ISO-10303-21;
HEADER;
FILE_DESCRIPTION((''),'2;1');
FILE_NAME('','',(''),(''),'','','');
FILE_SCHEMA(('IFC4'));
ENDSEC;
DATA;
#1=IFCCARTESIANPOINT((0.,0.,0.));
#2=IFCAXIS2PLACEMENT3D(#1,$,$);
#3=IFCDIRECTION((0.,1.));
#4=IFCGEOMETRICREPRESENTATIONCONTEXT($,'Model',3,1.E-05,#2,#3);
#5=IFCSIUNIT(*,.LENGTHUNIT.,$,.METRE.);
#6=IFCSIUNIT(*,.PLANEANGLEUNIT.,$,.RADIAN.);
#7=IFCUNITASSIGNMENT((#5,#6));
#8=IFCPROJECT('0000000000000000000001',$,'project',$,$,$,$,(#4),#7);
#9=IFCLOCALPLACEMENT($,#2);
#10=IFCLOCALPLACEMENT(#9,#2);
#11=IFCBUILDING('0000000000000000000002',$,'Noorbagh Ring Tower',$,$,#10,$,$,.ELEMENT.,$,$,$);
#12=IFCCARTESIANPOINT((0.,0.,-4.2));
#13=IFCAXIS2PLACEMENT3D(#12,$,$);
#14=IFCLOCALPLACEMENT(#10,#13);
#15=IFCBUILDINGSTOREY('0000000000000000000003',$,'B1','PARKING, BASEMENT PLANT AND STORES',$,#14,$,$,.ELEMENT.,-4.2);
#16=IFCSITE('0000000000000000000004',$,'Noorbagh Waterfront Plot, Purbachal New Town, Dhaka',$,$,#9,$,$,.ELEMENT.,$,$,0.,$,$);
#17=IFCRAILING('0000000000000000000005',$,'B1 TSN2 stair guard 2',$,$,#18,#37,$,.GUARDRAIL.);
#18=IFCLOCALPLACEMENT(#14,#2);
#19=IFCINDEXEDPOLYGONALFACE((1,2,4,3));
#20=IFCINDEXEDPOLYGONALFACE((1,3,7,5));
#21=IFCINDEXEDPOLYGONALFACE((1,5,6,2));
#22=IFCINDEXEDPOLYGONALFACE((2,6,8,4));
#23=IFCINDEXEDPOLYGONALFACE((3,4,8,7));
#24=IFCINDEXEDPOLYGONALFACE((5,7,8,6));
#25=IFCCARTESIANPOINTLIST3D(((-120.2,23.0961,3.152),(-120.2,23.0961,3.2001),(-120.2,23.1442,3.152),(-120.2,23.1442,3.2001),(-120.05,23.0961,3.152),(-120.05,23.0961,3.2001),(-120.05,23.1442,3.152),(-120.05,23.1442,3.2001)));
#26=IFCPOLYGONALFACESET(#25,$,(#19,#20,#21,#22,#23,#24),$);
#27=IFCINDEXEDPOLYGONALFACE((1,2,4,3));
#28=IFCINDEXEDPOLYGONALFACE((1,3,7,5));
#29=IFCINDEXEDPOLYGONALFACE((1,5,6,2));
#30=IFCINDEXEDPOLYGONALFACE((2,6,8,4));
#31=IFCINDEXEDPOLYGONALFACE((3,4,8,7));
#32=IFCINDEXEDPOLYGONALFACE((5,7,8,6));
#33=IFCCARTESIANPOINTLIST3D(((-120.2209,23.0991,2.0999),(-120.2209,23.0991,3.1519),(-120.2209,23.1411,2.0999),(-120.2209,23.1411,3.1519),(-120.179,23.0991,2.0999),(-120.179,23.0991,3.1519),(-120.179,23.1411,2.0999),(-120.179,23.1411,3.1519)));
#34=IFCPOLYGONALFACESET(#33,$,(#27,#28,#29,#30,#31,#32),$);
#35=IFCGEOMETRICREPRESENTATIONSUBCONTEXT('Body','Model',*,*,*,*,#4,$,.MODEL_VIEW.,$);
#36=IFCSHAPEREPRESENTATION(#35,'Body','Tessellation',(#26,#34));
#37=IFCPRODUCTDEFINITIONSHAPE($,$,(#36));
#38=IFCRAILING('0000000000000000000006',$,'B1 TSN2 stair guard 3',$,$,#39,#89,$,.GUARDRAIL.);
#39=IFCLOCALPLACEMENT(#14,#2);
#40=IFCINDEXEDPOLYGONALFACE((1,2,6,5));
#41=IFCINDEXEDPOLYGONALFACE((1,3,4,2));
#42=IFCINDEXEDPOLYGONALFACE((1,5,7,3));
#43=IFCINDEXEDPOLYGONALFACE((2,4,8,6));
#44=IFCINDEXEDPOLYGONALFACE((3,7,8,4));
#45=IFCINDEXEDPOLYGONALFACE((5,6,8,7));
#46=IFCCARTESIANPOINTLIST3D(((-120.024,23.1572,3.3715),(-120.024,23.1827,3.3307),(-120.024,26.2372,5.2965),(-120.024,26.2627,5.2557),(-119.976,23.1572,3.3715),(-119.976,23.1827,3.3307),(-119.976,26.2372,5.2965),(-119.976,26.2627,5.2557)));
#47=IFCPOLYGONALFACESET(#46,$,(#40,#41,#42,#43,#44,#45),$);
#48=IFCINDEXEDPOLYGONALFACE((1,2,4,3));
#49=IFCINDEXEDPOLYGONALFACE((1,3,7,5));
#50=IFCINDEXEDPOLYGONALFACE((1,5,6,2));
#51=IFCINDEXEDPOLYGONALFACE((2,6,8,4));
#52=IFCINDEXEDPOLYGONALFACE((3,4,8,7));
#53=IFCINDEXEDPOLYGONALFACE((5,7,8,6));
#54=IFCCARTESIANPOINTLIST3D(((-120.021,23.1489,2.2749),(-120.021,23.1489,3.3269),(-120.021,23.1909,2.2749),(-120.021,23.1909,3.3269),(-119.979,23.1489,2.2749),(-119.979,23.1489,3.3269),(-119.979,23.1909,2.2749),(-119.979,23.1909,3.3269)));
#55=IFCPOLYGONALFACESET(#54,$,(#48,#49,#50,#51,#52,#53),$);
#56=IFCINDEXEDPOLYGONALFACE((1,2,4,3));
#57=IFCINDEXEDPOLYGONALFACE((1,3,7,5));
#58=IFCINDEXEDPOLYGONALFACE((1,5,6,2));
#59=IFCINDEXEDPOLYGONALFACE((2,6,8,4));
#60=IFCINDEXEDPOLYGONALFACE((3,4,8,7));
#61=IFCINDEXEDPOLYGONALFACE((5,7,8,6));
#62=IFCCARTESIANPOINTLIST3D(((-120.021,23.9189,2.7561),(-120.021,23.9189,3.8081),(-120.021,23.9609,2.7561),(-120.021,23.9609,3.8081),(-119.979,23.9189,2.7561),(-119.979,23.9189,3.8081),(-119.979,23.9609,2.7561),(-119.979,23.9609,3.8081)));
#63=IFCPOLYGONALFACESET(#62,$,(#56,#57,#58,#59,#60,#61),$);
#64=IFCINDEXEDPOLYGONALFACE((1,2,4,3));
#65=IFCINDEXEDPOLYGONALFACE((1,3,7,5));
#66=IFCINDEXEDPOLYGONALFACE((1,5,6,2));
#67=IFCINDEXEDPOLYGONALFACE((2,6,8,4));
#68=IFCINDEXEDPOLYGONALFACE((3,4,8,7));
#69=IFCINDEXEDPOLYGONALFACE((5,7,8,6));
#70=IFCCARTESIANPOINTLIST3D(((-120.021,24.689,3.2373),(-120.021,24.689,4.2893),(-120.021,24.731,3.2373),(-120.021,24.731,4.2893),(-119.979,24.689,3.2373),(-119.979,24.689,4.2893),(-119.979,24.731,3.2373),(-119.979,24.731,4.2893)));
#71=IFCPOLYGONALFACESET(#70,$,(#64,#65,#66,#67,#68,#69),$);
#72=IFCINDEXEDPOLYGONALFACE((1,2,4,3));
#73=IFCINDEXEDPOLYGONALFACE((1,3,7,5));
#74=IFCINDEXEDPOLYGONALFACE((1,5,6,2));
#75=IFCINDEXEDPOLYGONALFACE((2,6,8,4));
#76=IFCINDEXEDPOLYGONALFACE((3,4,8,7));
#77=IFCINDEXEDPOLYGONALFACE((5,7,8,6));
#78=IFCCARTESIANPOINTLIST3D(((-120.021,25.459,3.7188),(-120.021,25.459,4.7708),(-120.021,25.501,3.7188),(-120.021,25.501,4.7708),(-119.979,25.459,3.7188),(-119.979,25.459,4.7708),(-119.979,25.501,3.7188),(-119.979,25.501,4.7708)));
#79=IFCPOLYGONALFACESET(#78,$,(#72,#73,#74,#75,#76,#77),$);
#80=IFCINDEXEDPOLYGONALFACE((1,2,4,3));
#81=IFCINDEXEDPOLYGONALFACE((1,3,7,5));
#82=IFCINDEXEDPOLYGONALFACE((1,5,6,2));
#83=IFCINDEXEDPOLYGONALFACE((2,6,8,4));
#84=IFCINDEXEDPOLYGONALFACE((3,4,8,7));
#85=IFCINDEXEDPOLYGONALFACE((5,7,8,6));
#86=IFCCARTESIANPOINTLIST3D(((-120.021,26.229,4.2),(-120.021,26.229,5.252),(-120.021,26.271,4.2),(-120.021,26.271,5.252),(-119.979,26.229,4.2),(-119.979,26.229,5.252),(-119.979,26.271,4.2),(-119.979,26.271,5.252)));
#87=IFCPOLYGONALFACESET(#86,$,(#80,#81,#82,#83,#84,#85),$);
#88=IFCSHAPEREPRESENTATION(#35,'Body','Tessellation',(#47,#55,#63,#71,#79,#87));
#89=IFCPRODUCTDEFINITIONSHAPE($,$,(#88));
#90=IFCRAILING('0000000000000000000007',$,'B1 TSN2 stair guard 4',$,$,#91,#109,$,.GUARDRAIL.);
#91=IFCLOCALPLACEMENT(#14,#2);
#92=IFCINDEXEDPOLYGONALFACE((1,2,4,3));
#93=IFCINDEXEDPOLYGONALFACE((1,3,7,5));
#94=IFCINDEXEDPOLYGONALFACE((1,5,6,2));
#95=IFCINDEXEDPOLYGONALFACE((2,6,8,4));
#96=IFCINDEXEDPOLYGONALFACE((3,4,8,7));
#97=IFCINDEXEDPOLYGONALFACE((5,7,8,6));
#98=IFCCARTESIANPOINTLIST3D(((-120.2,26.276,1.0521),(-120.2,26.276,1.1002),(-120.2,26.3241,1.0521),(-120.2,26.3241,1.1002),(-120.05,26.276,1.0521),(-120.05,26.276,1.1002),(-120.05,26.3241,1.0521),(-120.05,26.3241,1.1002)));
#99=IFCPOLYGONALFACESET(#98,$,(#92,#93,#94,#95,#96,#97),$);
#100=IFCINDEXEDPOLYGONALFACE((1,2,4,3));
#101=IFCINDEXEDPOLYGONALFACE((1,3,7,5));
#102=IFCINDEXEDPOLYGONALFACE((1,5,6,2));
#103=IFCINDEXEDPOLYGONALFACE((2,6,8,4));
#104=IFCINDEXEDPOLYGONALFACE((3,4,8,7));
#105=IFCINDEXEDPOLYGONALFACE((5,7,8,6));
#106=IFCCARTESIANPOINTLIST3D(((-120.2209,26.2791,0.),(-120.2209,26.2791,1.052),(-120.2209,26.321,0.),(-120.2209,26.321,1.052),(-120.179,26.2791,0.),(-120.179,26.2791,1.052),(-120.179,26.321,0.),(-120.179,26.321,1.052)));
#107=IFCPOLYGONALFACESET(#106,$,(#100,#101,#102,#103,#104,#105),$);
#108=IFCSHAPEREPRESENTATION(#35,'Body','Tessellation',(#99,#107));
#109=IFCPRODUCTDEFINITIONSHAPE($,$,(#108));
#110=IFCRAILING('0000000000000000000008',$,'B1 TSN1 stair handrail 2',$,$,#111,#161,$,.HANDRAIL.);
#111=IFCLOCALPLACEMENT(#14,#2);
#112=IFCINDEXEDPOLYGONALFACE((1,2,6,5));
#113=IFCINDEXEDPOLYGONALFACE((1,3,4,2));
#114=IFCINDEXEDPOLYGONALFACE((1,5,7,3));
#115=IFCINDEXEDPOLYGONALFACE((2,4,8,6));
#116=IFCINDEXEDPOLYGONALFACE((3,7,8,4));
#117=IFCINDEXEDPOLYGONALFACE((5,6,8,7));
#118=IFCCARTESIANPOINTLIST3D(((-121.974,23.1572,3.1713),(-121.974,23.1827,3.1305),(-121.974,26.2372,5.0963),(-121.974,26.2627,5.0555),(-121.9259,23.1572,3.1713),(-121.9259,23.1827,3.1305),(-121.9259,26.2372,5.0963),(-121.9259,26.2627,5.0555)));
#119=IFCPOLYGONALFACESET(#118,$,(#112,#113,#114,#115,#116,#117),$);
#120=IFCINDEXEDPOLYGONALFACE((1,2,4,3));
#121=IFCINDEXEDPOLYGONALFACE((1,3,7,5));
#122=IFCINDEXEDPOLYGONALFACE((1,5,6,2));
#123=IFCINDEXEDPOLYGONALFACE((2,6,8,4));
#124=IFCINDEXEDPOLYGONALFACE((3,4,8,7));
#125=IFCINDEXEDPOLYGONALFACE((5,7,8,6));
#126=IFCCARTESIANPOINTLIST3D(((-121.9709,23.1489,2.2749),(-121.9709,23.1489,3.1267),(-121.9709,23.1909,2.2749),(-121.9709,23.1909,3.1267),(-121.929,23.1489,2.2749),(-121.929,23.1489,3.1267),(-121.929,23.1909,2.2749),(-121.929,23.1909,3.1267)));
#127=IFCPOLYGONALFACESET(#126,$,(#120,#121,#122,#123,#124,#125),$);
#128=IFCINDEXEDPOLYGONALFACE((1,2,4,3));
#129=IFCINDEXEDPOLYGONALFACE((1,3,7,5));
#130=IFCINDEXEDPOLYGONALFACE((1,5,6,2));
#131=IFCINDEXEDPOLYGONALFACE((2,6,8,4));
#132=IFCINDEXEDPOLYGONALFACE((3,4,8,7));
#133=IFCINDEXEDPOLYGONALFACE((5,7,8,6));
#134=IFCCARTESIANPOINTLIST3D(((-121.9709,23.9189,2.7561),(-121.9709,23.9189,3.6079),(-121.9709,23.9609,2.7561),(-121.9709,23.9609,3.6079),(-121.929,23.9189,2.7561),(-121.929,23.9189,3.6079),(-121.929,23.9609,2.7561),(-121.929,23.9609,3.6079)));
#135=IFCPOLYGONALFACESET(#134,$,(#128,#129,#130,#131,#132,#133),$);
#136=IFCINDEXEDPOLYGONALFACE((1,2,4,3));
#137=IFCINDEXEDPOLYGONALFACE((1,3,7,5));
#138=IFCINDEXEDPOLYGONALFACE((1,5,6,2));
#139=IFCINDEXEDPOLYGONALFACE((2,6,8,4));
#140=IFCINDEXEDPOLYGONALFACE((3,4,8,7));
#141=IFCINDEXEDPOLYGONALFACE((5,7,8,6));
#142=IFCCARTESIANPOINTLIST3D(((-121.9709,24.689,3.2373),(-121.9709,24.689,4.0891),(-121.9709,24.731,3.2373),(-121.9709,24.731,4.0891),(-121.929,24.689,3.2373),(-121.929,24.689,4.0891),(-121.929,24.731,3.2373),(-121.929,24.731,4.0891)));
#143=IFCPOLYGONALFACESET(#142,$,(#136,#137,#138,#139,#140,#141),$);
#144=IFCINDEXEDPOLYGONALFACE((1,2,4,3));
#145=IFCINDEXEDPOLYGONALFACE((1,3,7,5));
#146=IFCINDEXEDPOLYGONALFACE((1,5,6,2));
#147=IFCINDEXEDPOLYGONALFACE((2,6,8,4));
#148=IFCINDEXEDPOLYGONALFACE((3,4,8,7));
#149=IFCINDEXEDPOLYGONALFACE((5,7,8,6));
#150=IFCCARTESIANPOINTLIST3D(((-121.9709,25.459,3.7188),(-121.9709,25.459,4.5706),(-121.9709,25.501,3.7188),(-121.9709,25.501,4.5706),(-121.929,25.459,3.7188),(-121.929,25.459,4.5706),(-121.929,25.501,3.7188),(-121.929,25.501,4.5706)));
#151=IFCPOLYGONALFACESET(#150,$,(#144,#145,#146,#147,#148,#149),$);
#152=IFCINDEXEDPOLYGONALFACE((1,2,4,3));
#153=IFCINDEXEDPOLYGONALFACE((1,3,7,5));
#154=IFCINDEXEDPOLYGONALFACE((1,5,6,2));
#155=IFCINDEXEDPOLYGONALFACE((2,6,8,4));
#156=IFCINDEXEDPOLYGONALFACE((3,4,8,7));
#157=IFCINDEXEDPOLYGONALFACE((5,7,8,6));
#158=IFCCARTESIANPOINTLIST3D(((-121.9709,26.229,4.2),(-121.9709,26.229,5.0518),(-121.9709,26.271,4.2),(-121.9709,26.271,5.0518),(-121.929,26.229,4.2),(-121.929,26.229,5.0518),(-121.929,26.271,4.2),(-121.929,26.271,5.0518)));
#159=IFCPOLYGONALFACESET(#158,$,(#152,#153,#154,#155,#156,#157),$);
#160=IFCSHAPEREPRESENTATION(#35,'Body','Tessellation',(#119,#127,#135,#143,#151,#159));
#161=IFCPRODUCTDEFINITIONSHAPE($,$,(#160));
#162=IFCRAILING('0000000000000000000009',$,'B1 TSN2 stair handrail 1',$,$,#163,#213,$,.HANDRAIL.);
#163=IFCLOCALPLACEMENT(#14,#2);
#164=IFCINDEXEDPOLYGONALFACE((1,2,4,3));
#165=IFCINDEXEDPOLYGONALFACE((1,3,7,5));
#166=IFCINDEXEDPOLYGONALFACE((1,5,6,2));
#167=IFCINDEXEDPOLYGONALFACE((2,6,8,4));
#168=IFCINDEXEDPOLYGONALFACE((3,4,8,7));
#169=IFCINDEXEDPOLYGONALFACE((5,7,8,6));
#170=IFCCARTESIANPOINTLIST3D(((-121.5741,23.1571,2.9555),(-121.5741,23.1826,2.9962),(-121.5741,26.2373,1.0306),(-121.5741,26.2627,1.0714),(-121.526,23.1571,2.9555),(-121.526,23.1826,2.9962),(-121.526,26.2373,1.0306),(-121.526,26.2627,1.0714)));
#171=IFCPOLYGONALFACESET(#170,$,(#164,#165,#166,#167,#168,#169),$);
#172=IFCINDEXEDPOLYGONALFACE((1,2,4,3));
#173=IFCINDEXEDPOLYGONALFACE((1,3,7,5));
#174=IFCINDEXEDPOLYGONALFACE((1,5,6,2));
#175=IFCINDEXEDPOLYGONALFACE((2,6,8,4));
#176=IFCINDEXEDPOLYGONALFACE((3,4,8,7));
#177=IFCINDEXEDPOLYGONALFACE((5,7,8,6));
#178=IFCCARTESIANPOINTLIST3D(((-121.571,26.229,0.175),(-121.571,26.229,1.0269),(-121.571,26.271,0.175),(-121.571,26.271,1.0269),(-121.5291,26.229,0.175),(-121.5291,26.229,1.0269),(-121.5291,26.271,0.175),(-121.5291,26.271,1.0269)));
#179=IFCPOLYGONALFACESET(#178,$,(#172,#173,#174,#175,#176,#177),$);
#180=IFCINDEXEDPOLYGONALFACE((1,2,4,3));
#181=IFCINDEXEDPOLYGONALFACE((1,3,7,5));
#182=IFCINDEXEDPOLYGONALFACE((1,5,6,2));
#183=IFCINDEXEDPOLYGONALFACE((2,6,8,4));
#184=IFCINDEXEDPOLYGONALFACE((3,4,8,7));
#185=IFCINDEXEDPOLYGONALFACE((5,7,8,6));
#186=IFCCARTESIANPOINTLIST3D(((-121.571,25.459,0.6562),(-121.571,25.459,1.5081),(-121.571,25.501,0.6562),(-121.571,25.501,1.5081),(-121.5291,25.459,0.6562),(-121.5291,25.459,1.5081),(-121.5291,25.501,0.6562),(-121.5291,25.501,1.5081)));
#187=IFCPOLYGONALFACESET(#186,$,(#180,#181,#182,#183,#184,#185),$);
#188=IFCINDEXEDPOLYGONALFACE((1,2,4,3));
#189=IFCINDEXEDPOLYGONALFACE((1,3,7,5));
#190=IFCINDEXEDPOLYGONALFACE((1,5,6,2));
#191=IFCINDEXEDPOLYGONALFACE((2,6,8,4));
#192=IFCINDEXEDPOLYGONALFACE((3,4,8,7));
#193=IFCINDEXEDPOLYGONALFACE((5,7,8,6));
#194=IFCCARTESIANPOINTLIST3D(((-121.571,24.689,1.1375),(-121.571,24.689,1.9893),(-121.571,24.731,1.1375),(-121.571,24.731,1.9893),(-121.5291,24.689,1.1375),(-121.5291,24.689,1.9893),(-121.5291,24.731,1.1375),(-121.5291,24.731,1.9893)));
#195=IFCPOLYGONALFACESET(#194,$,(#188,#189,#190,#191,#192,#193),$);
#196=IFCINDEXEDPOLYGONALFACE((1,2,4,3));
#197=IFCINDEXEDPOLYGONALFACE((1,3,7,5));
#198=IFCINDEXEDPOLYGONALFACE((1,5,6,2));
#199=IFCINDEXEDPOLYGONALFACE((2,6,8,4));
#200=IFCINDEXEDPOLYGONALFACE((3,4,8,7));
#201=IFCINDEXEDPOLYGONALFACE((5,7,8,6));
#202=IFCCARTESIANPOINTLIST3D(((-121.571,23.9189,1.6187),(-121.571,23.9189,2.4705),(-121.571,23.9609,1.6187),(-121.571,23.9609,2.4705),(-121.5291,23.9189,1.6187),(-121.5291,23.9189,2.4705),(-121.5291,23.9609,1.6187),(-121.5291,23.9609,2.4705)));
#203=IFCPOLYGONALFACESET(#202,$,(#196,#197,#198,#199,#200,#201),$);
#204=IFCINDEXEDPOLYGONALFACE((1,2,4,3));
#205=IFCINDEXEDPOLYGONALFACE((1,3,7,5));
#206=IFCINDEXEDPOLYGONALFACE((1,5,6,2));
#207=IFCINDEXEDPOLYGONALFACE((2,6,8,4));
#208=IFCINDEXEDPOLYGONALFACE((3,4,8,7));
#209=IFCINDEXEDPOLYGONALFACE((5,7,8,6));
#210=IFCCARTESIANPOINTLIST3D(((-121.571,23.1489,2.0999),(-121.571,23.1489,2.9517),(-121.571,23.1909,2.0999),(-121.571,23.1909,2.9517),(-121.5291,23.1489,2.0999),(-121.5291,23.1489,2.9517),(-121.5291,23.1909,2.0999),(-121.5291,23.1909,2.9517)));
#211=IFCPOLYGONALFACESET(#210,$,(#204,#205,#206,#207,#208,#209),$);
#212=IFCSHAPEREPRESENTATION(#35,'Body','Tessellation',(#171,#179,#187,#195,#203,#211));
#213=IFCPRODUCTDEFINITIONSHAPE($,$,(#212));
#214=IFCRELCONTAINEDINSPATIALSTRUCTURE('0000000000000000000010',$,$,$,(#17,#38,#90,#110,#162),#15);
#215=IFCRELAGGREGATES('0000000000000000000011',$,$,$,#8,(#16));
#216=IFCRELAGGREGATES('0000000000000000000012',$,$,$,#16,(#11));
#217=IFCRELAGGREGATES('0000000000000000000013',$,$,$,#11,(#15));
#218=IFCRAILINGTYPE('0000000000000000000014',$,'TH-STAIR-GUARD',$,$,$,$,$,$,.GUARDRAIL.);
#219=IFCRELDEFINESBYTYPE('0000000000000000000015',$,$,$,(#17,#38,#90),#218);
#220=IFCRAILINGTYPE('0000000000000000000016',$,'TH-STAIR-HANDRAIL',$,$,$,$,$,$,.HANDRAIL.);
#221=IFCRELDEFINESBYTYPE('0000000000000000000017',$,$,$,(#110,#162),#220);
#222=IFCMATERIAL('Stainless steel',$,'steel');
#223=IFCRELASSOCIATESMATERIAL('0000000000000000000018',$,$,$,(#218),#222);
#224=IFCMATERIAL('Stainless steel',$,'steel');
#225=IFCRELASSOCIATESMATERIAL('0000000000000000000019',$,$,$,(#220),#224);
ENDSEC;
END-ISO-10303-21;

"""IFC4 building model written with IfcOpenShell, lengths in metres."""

from ifc_helpers import new_model, si_unit, direction, frame, origin, origin_2d, place, context, subcontext, project, spatial, rectangle, extrude, material, type_object, element, save


model = new_model("IFC4")

# Units and contexts
model_context = context("Model", 3, precision=1e-05, world=origin(), true_north=direction((0.0, 1.0)))
body_context = subcontext(model_context, "Body", "Model", "MODEL_VIEW")
ifc_project = project(units=[si_unit("LENGTHUNIT", "METRE"), si_unit("PLANEANGLEUNIT", "RADIAN")], contexts=[model_context])

# Site, building, storey
site_placement = place(None, origin())
site = spatial("IfcSite", under=ifc_project, at=site_placement, Name="Noorbagh Waterfront Plot, Purbachal New Town, Dhaka", CompositionType="ELEMENT", RefElevation=0.0)
building_placement = place(site_placement, origin())
building = spatial("IfcBuilding", under=site, at=building_placement, Name="Noorbagh Ring Tower", CompositionType="ELEMENT")
storey_placement = place(building_placement, frame((0.0, 0.0, -4.2)))
storey = spatial("IfcBuildingStorey", under=building, at=storey_placement, Name="B1", Description="PARKING, BASEMENT PLANT AND STORES", CompositionType="ELEMENT", Elevation=-4.2)

# Railings
ifc_material_1 = material(Name="Stainless steel", Category="steel")
railing_type_1 = type_object("IfcRailingType", Name="TH-STAIR-GUARD", PredefinedType="GUARDRAIL", material=ifc_material_1)
railing_1_placement = place(storey_placement, frame((-120.2, 23.1201, 2.0999)))
element("IfcRailing", 1, at=railing_1_placement, inside=storey, type_object=railing_type_1, Name="B1 TSN2 stair guard 2", PredefinedType="GUARDRAIL", context=body_context, shape_type="SweptSolid", body=[
    extrude(rectangle(XDim=0.0481, YDim=0.0481, at=origin_2d()), frame((0.0, 0.0, 1.0762), z_axis=(1.0, 0.0, 0.0), x_axis=(0.0, 1.0, 0.0)), (0.0, 0.0, 1.0), 0.1499),
    extrude(rectangle(XDim=0.042, YDim=0.042, at=origin_2d()), origin(), (0.0, 0.0, 1.0), 1.052),
])
railing_2_placement = place(storey_placement, frame((-120.0, 23.1699, 2.2749)))
element("IfcRailing", 2, at=railing_2_placement, inside=storey, type_object=railing_type_1, Name="B1 TSN2 stair guard 3", PredefinedType="GUARDRAIL", context=body_context, shape_type="SweptSolid", body=[
    extrude(rectangle(XDim=0.0481, YDim=0.0481, at=origin_2d()), frame((0.0, 0.0, 1.0762), z_axis=(0.0, 0.847998, 0.529999), x_axis=(-1.0, 0.0, 0.0)), (0.0, 0.0, 1.0), 3.6321),
    extrude(rectangle(XDim=0.042, YDim=0.042, at=origin_2d()), origin(), (0.0, 0.0, 1.0), 1.052),
    extrude(rectangle(XDim=0.042, YDim=0.042, at=origin_2d()), frame((0.0, 0.77, 0.4812)), (0.0, 0.0, 1.0), 1.052),
    extrude(rectangle(XDim=0.042, YDim=0.042, at=origin_2d()), frame((0.0, 1.54, 0.9624)), (0.0, 0.0, 1.0), 1.052),
    extrude(rectangle(XDim=0.042, YDim=0.042, at=origin_2d()), frame((0.0, 2.3101, 1.4438)), (0.0, 0.0, 1.0), 1.052),
    extrude(rectangle(XDim=0.042, YDim=0.042, at=origin_2d()), frame((0.0, 3.0801, 1.925)), (0.0, 0.0, 1.0), 1.052),
])
railing_3_placement = place(storey_placement, frame((-120.2, 26.3, 0.0)))
element("IfcRailing", 3, at=railing_3_placement, inside=storey, type_object=railing_type_1, Name="B1 TSN2 stair guard 4", PredefinedType="GUARDRAIL", context=body_context, shape_type="SweptSolid", body=[
    extrude(rectangle(XDim=0.0481, YDim=0.0481, at=origin_2d()), frame((0.0, 0.0, 1.0762), z_axis=(1.0, 0.0, 0.0), x_axis=(0.0, 1.0, 0.0)), (0.0, 0.0, 1.0), 0.1499),
    extrude(rectangle(XDim=0.042, YDim=0.042, at=origin_2d()), origin(), (0.0, 0.0, 1.0), 1.052),
])
ifc_material_2 = material(Name="Stainless steel", Category="steel")
railing_type_2 = type_object("IfcRailingType", Name="TH-STAIR-HANDRAIL", PredefinedType="HANDRAIL", material=ifc_material_2)
railing_4_placement = place(storey_placement, frame((-121.95, 23.1699, 2.2749)))
element("IfcRailing", 4, at=railing_4_placement, inside=storey, type_object=railing_type_2, Name="B1 TSN1 stair handrail 2", PredefinedType="HANDRAIL", context=body_context, shape_type="SweptSolid", body=[
    extrude(rectangle(XDim=0.0481, YDim=0.0481, at=origin_2d()), frame((0.0, 0.0, 0.876), z_axis=(0.0, 0.847998, 0.529999), x_axis=(-1.0, 0.0, 0.0)), (0.0, 0.0, 1.0), 3.6321),
    extrude(rectangle(XDim=0.042, YDim=0.042, at=origin_2d()), origin(), (0.0, 0.0, 1.0), 0.8518),
    extrude(rectangle(XDim=0.042, YDim=0.042, at=origin_2d()), frame((0.0, 0.77, 0.4812)), (0.0, 0.0, 1.0), 0.8518),
    extrude(rectangle(XDim=0.042, YDim=0.042, at=origin_2d()), frame((0.0, 1.54, 0.9624)), (0.0, 0.0, 1.0), 0.8518),
    extrude(rectangle(XDim=0.042, YDim=0.042, at=origin_2d()), frame((0.0, 2.3101, 1.4438)), (0.0, 0.0, 1.0), 0.8518),
    extrude(rectangle(XDim=0.042, YDim=0.042, at=origin_2d()), frame((0.0, 3.0801, 1.925)), (0.0, 0.0, 1.0), 0.8518),
])
railing_5_placement = place(storey_placement, frame((-121.55, 26.25, 0.175)))
element("IfcRailing", 5, at=railing_5_placement, inside=storey, type_object=railing_type_2, Name="B1 TSN2 stair handrail 1", PredefinedType="HANDRAIL", context=body_context, shape_type="SweptSolid", body=[
    extrude(rectangle(XDim=0.0481, YDim=0.0481, at=origin_2d()), frame((0.0, 0.0, 0.876), z_axis=(0.0, -0.848029, 0.529951), x_axis=(1.0, 0.0, 0.0)), (0.0, 0.0, 1.0), 3.6321),
    extrude(rectangle(XDim=0.042, YDim=0.042, at=origin_2d()), origin(), (0.0, 0.0, 1.0), 0.8518),
    extrude(rectangle(XDim=0.042, YDim=0.042, at=origin_2d()), frame((0.0, -0.77, 0.4812)), (0.0, 0.0, 1.0), 0.8518),
    extrude(rectangle(XDim=0.042, YDim=0.042, at=origin_2d()), frame((0.0, -1.54, 0.9624)), (0.0, 0.0, 1.0), 0.8518),
    extrude(rectangle(XDim=0.042, YDim=0.042, at=origin_2d()), frame((0.0, -2.3101, 1.4436)), (0.0, 0.0, 1.0), 0.8518),
    extrude(rectangle(XDim=0.042, YDim=0.042, at=origin_2d()), frame((0.0, -3.0801, 1.9248)), (0.0, 0.0, 1.0), 0.8518),
])

save(model, "model.ifc")
